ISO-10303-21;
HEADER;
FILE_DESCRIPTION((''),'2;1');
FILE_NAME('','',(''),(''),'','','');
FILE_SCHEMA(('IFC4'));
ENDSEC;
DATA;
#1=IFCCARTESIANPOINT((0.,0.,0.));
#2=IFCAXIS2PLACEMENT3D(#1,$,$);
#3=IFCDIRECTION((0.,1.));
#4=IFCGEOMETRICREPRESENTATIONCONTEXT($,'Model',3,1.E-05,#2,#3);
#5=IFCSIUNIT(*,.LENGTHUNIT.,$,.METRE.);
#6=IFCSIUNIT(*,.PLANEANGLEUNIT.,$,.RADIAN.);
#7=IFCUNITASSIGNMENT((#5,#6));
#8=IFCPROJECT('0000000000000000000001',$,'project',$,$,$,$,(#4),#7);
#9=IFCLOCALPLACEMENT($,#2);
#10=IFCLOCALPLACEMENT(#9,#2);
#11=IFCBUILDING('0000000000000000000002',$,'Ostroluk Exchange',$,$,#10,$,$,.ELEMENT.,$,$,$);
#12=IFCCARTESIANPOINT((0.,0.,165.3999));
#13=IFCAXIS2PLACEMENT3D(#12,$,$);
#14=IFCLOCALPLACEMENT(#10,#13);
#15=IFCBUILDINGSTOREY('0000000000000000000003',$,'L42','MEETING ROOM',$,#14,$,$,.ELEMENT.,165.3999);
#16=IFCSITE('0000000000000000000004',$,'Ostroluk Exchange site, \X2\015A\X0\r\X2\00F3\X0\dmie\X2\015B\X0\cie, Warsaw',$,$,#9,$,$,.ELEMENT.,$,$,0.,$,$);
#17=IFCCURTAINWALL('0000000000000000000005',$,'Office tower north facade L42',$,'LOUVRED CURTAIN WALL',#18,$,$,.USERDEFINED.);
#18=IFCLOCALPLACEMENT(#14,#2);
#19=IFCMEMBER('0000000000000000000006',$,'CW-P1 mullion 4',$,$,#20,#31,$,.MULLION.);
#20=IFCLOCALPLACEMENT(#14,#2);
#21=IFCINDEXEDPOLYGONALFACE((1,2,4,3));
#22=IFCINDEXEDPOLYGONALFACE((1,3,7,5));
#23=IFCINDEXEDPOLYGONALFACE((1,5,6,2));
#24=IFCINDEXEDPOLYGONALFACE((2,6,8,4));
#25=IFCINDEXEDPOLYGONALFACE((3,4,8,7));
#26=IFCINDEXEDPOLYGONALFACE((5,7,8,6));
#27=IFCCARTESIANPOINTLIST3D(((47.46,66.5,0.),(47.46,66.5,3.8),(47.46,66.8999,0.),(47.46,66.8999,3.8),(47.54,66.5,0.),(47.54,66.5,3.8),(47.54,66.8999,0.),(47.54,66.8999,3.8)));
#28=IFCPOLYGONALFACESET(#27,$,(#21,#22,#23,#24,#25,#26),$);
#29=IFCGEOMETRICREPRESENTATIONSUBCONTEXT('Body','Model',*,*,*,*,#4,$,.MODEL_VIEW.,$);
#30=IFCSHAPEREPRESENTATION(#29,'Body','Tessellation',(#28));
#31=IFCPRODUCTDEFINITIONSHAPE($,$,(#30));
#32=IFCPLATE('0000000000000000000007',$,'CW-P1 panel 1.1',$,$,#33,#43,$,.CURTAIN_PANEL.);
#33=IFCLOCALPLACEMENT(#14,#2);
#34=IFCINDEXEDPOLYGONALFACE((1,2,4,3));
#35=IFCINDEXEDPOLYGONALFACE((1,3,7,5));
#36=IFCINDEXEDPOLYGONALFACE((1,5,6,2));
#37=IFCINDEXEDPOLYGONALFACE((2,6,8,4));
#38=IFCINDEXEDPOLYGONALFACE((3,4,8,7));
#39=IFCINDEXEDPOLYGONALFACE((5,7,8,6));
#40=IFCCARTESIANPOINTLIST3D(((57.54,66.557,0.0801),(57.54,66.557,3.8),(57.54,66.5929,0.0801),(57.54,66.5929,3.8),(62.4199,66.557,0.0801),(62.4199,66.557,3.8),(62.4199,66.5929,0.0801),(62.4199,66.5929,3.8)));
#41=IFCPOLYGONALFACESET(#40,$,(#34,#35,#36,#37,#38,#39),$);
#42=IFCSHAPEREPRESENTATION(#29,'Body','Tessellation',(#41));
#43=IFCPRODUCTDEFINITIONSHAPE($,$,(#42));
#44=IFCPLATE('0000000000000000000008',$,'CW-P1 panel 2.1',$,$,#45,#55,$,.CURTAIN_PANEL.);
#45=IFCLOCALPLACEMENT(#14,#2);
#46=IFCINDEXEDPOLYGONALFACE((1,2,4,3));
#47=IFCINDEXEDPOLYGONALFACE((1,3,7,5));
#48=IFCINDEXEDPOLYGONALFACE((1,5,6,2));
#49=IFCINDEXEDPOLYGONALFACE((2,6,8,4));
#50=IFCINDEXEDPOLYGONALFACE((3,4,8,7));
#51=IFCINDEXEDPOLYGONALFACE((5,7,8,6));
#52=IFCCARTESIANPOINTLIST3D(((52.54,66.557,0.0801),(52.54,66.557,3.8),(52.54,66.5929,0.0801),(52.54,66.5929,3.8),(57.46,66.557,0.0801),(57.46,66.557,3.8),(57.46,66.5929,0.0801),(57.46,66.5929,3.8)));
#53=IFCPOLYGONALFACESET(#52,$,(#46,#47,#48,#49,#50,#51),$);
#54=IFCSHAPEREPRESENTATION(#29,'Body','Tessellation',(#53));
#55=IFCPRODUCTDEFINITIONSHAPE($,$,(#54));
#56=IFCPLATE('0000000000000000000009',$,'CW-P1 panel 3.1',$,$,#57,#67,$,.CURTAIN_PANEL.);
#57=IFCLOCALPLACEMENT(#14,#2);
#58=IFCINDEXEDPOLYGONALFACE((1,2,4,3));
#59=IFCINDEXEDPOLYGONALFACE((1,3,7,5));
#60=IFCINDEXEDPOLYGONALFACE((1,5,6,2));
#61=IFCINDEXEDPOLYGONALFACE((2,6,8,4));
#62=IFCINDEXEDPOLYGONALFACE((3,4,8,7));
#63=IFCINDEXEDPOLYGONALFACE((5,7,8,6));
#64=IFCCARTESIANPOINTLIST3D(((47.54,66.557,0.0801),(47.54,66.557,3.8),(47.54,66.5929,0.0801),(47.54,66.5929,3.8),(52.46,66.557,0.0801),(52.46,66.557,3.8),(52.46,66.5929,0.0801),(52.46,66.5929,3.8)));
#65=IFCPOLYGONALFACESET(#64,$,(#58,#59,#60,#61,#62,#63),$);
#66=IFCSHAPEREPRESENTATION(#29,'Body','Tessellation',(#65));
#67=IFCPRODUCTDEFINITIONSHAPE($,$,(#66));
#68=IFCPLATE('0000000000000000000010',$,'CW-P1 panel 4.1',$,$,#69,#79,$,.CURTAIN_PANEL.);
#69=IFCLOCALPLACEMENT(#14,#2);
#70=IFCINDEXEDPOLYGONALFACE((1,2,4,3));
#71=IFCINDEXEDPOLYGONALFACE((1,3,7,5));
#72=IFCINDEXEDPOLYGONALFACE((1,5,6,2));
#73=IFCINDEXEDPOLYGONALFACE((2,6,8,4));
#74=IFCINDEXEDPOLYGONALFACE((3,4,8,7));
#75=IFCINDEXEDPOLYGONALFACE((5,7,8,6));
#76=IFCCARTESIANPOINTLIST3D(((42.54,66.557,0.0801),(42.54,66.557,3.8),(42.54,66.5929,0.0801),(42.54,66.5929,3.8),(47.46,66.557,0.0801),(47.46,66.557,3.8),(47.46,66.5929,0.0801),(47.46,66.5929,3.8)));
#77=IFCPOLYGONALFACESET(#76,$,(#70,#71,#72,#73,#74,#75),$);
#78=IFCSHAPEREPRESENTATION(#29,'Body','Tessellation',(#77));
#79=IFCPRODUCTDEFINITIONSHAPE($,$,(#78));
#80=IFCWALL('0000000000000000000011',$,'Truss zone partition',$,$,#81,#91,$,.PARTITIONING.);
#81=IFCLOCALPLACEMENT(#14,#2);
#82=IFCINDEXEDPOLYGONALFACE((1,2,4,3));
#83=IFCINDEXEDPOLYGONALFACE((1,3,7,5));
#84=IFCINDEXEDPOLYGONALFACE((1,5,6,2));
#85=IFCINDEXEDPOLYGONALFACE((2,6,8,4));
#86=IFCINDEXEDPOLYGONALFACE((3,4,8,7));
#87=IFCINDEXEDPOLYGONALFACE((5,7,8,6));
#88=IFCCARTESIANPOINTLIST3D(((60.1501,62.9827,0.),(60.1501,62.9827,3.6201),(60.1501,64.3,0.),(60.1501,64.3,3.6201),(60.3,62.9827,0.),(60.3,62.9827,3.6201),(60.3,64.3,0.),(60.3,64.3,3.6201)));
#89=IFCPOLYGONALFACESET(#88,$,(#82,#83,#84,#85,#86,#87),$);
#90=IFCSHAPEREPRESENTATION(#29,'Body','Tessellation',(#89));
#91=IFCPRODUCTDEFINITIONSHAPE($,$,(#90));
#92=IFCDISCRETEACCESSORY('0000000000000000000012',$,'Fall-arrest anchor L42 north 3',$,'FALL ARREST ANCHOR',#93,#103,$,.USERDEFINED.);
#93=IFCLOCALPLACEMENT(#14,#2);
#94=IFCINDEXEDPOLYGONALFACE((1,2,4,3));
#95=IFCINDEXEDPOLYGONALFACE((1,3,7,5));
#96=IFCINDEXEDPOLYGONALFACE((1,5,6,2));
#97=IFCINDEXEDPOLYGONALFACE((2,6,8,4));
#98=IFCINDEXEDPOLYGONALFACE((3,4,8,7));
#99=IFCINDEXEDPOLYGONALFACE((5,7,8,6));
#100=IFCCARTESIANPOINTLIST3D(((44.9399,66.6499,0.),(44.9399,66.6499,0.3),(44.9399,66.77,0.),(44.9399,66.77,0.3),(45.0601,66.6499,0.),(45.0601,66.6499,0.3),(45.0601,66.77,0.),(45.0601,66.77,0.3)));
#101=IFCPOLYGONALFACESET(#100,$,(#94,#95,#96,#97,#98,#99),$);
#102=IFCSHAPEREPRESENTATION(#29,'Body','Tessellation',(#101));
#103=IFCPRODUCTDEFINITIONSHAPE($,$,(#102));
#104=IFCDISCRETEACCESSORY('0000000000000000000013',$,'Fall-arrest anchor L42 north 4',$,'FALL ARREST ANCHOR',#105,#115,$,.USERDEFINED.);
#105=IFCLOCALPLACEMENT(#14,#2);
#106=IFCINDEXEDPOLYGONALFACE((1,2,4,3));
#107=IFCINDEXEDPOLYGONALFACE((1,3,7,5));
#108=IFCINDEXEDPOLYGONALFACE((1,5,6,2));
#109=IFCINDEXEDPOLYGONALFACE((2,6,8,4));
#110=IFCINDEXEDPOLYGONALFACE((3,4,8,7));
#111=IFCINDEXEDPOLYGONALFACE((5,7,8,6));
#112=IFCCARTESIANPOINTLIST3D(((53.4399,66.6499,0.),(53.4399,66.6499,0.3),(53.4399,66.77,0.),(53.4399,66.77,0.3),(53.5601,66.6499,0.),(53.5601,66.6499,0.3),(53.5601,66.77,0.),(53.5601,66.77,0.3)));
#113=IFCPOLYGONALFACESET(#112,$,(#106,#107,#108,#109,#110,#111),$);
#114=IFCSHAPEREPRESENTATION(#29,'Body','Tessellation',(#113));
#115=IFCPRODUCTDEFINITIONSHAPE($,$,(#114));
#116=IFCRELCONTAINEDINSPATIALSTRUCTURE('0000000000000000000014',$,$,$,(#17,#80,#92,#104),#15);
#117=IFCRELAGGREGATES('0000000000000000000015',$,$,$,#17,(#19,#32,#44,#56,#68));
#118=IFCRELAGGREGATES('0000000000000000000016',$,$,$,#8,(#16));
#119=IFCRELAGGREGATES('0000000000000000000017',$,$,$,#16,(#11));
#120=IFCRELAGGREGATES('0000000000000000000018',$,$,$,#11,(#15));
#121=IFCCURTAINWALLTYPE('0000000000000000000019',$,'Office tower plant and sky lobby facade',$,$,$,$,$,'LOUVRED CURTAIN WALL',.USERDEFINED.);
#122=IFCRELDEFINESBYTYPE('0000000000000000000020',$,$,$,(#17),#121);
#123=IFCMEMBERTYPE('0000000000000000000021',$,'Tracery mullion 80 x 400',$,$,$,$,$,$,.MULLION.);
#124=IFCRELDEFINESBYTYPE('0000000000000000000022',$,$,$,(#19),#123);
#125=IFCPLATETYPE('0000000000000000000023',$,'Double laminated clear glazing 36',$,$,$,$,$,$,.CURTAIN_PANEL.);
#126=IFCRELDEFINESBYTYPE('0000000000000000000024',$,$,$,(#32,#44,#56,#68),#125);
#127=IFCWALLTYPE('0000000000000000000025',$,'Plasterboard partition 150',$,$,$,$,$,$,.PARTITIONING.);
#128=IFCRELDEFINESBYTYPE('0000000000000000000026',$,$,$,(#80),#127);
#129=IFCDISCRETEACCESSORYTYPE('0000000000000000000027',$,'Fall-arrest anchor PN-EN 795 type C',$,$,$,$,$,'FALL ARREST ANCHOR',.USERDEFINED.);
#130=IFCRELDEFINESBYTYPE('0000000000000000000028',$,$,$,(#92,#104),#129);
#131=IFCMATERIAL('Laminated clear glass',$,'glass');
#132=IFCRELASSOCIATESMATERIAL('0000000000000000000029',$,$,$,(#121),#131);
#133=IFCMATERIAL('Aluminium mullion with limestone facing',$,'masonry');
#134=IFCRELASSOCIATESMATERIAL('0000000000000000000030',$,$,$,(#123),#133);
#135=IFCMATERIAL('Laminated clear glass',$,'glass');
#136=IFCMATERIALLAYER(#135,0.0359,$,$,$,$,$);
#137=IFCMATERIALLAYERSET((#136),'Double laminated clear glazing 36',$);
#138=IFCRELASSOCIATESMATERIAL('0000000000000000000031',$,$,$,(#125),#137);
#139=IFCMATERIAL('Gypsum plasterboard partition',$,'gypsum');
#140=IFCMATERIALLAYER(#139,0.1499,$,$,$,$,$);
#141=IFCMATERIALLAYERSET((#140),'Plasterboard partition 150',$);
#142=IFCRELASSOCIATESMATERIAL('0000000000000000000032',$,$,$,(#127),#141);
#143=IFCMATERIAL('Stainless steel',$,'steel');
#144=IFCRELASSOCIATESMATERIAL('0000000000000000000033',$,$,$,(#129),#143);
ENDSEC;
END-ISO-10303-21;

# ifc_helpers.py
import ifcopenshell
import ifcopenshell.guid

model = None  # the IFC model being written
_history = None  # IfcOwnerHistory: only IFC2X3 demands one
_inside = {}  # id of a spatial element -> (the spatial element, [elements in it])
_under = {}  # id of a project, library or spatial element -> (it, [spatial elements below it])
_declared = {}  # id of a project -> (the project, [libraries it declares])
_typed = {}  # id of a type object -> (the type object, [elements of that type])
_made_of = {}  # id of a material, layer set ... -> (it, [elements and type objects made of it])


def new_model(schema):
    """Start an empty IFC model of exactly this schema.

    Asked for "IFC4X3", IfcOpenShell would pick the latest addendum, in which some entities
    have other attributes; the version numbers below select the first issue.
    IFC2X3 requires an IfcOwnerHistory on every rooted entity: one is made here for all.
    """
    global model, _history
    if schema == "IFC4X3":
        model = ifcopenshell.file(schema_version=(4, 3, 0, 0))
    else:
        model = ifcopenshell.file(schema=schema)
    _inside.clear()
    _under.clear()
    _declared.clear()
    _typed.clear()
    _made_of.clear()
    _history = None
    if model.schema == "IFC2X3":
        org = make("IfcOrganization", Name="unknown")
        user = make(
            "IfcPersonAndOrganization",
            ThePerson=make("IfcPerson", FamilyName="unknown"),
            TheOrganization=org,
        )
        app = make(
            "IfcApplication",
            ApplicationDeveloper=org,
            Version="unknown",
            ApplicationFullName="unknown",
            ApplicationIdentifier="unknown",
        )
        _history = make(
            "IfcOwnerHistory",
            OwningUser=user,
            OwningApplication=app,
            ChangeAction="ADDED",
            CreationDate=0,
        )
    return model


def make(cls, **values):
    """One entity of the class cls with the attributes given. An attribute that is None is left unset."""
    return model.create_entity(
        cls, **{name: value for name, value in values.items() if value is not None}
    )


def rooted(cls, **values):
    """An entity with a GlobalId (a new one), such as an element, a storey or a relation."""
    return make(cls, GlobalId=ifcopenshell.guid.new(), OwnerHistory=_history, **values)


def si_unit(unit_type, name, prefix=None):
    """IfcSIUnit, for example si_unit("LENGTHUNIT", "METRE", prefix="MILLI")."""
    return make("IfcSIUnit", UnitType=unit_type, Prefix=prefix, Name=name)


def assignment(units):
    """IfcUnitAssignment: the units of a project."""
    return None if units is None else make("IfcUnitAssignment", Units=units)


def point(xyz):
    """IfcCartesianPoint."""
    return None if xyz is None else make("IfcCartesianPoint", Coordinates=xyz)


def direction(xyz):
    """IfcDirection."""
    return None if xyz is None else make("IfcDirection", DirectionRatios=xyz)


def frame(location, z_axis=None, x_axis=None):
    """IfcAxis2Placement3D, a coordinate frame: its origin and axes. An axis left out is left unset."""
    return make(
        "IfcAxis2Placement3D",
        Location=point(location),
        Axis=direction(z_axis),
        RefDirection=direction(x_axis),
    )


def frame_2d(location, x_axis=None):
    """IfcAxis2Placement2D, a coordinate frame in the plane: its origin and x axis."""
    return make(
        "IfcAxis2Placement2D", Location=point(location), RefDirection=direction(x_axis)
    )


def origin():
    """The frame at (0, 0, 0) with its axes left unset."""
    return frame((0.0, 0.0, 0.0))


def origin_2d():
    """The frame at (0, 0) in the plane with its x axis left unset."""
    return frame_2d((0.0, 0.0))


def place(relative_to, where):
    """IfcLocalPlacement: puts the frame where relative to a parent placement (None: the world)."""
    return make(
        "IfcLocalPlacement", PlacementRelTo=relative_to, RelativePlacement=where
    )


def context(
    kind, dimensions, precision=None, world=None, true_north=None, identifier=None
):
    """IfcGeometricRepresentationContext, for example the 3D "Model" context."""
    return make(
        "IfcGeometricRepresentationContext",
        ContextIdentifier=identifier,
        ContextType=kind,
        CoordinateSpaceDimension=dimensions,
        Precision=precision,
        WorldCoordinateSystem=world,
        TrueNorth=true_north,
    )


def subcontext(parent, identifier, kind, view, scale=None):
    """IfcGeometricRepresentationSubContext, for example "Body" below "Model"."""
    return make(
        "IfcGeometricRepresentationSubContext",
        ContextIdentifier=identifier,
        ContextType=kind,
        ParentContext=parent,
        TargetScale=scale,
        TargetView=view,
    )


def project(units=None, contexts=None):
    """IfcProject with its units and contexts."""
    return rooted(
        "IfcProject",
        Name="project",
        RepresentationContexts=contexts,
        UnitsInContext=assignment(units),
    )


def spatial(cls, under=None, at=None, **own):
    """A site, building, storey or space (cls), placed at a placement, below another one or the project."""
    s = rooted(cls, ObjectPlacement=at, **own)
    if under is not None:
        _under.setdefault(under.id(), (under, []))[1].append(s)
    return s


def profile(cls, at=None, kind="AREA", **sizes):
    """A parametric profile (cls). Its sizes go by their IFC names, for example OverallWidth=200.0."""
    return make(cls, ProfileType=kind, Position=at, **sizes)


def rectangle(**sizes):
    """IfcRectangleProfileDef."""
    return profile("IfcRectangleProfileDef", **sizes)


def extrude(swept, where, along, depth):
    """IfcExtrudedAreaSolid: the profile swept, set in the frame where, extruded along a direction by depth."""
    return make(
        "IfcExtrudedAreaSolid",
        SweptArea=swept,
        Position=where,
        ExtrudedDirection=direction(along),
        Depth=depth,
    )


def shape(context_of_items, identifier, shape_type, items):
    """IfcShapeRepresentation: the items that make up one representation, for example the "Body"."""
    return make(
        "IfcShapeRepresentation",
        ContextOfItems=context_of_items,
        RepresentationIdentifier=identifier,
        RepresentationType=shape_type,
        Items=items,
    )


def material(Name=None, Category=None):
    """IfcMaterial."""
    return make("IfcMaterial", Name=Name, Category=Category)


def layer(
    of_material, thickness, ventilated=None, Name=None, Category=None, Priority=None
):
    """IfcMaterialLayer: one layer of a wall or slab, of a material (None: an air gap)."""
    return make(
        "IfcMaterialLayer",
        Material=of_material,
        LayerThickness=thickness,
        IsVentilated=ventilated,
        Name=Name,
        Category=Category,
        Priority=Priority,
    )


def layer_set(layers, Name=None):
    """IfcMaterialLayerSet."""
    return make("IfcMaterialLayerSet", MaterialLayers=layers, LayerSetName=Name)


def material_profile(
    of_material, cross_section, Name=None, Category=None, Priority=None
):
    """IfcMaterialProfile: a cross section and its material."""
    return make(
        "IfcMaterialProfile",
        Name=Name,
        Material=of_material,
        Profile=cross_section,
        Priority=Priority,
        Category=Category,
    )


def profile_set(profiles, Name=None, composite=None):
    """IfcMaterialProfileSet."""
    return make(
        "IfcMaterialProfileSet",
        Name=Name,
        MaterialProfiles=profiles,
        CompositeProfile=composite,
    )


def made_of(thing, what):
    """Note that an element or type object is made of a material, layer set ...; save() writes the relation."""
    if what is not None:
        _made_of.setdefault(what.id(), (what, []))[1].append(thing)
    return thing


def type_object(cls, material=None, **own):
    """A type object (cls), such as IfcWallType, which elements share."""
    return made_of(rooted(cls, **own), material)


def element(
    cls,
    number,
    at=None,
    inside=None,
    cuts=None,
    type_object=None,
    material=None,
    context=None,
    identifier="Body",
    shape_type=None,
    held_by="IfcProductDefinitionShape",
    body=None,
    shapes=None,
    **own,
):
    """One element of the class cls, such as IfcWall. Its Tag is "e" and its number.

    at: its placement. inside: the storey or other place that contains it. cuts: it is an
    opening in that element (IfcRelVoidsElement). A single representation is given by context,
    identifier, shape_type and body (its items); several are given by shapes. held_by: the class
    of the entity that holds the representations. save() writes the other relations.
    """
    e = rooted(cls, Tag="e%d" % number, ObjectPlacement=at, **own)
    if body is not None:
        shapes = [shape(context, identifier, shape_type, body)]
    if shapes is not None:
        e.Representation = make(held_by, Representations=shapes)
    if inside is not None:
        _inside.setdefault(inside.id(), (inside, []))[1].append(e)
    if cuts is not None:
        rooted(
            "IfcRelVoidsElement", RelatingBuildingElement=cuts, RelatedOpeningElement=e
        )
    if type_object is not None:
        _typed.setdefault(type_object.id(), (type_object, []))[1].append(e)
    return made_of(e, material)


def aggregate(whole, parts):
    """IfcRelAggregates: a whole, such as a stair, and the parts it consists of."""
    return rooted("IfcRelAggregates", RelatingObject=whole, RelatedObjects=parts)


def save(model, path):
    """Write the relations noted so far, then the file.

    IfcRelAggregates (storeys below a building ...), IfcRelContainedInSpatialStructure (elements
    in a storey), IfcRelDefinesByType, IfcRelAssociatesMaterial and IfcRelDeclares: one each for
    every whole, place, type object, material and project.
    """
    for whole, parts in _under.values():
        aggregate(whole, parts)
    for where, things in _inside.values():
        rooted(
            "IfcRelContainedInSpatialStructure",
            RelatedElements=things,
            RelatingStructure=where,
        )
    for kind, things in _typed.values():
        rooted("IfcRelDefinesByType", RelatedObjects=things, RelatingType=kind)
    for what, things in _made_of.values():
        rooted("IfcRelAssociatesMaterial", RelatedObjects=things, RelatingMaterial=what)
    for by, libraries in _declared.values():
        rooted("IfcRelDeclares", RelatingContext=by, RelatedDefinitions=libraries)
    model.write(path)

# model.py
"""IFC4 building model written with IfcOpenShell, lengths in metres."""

from ifc_helpers import new_model, si_unit, direction, frame, frame_2d, origin, origin_2d, place, context, subcontext, project, spatial, rectangle, extrude, material, layer, layer_set, material_profile, profile_set, type_object, element, aggregate, save


model = new_model("IFC4")

# Units and contexts
model_context = context("Model", 3, precision=1e-05, world=origin(), true_north=direction((0.0, 1.0)))
body_context = subcontext(model_context, "Body", "Model", "MODEL_VIEW")
ifc_project = project(units=[si_unit("LENGTHUNIT", "METRE"), si_unit("PLANEANGLEUNIT", "RADIAN")], contexts=[model_context])

# Site, building, storey
site_placement = place(None, origin())
site = spatial("IfcSite", under=ifc_project, at=site_placement, Name="Ostroluk Exchange site, Śródmieście, Warsaw", CompositionType="ELEMENT", RefElevation=0.0)
building_placement = place(site_placement, origin())
building = spatial("IfcBuilding", under=site, at=building_placement, Name="Ostroluk Exchange", CompositionType="ELEMENT")
storey_placement = place(building_placement, frame((0.0, 0.0, 165.3999)))
storey = spatial("IfcBuildingStorey", under=building, at=storey_placement, Name="L42", Description="MEETING ROOM", CompositionType="ELEMENT", Elevation=165.3999)

# Curtain wall, member, plates
ifc_material_1 = material(Name="Laminated clear glass", Category="glass")
curtain_wall_type = type_object("IfcCurtainWallType", Name="Office tower plant and sky lobby facade", ElementType="LOUVRED CURTAIN WALL", PredefinedType="USERDEFINED", material=ifc_material_1)
curtain_wall_placement = place(storey_placement, origin())
curtain_wall = element("IfcCurtainWall", 1, at=curtain_wall_placement, inside=storey, type_object=curtain_wall_type, Name="Office tower north facade L42", ObjectType="LOUVRED CURTAIN WALL", PredefinedType="USERDEFINED")
ifc_material_2 = material(Name="Aluminium mullion with limestone facing", Category="masonry")
ifc_material_profile_1 = material_profile(ifc_material_2, rectangle(XDim=0.3999, YDim=0.0801, at=origin_2d()), Name="Tracery mullion 80 x 400")
ifc_profile_set_1 = profile_set([ifc_material_profile_1], Name="Aluminium mullion with limestone facing")
member_type_1 = type_object("IfcMemberType", Name="Tracery mullion 80 x 400", PredefinedType="MULLION", material=ifc_profile_set_1)
member_1_placement = place(storey_placement, frame((47.5, 66.7, 0.0), z_axis=(0.0, 0.0, 1.0), x_axis=(0.0, -1.0, 0.0)))
member_1 = element("IfcMember", 2, at=member_1_placement, type_object=member_type_1, Name="CW-P1 mullion 4", PredefinedType="MULLION", context=body_context, shape_type="SweptSolid", body=[
    extrude(rectangle(XDim=0.3999, YDim=0.0801, at=origin_2d()), origin(), (0.0, 0.0, 1.0), 3.8),
])
ifc_material_3 = material(Name="Laminated clear glass", Category="glass")
ifc_layer_1 = layer(ifc_material_3, 0.0359)
ifc_layer_set_1 = layer_set([ifc_layer_1], Name="Double laminated clear glazing 36")
plate_type = type_object("IfcPlateType", Name="Double laminated clear glazing 36", PredefinedType="CURTAIN_PANEL", material=ifc_layer_set_1)
plate_1_placement = place(storey_placement, frame((59.98, 66.575, 0.0801), z_axis=(0.0, 0.0, 1.0), x_axis=(-1.0, 0.0, 0.0)))
plate_1 = element("IfcPlate", 3, at=plate_1_placement, type_object=plate_type, Name="CW-P1 panel 1.1", PredefinedType="CURTAIN_PANEL", context=body_context, shape_type="SweptSolid", body=[
    extrude(rectangle(XDim=4.8799, YDim=0.0359, at=origin_2d()), origin(), (0.0, 0.0, 1.0), 3.72),
])
plate_2_placement = place(storey_placement, frame((55.0, 66.575, 0.0801), z_axis=(0.0, 0.0, 1.0), x_axis=(-1.0, 0.0, 0.0)))
plate_2 = element("IfcPlate", 4, at=plate_2_placement, type_object=plate_type, Name="CW-P1 panel 2.1", PredefinedType="CURTAIN_PANEL", context=body_context, shape_type="SweptSolid", body=[
    extrude(rectangle(XDim=4.9199, YDim=0.0359, at=origin_2d()), origin(), (0.0, 0.0, 1.0), 3.72),
])
plate_3_placement = place(storey_placement, frame((50.0, 66.575, 0.0801), z_axis=(0.0, 0.0, 1.0), x_axis=(-1.0, 0.0, 0.0)))
plate_3 = element("IfcPlate", 5, at=plate_3_placement, type_object=plate_type, Name="CW-P1 panel 3.1", PredefinedType="CURTAIN_PANEL", context=body_context, shape_type="SweptSolid", body=[
    extrude(rectangle(XDim=4.9199, YDim=0.0359, at=origin_2d()), origin(), (0.0, 0.0, 1.0), 3.72),
])
plate_4_placement = place(storey_placement, frame((45.0, 66.575, 0.0801), z_axis=(0.0, 0.0, 1.0), x_axis=(-1.0, 0.0, 0.0)))
plate_4 = element("IfcPlate", 6, at=plate_4_placement, type_object=plate_type, Name="CW-P1 panel 4.1", PredefinedType="CURTAIN_PANEL", context=body_context, shape_type="SweptSolid", body=[
    extrude(rectangle(XDim=4.9199, YDim=0.0359, at=origin_2d()), origin(), (0.0, 0.0, 1.0), 3.72),
])
aggregate(curtain_wall, [member_1, plate_1, plate_2, plate_3, plate_4])

# Wall
ifc_material_4 = material(Name="Gypsum plasterboard partition", Category="gypsum")
ifc_layer_2 = layer(ifc_material_4, 0.1499)
ifc_layer_set_2 = layer_set([ifc_layer_2], Name="Plasterboard partition 150")
wall_type = type_object("IfcWallType", Name="Plasterboard partition 150", PredefinedType="PARTITIONING", material=ifc_layer_set_2)
wall_placement = place(storey_placement, frame((60.2251, 64.3, 0.0), z_axis=(0.0, 0.0, 1.0), x_axis=(0.0, -1.0, 0.0)))
element("IfcWall", 7, at=wall_placement, inside=storey, type_object=wall_type, Name="Truss zone partition", PredefinedType="PARTITIONING", context=body_context, shape_type="SweptSolid", body=[
    extrude(rectangle(XDim=1.3174, YDim=0.1499, at=frame_2d((0.6587, 0.0))), origin(), (0.0, 0.0, 1.0), 3.6201),
])

# Discrete accessories
ifc_material_5 = material(Name="Stainless steel", Category="steel")
discrete_accessory_type = type_object("IfcDiscreteAccessoryType", Name="Fall-arrest anchor PN-EN 795 type C", ElementType="FALL ARREST ANCHOR", PredefinedType="USERDEFINED", material=ifc_material_5)
for number, where, z_axis, x_axis, name in (
    (8, (45.0, 66.71, 0.0), (0.0, 0.0, 1.0), (1.0, 0.0, 0.0), "Fall-arrest anchor L42 north 3"),
    (9, (53.5, 66.71, 0.0), (0.0, 0.0, 1.0), (1.0, 0.0, 0.0), "Fall-arrest anchor L42 north 4"),
):
    element("IfcDiscreteAccessory", number, at=place(storey_placement, frame(where, z_axis=z_axis, x_axis=x_axis)), inside=storey, type_object=discrete_accessory_type, Name=name, ObjectType="FALL ARREST ANCHOR", PredefinedType="USERDEFINED", context=body_context, shape_type="SweptSolid", body=[
        extrude(rectangle(XDim=0.1201, YDim=0.1201, at=origin_2d()), origin(), (0.0, 0.0, 1.0), 0.3),
    ])

save(model, "model.ifc")
